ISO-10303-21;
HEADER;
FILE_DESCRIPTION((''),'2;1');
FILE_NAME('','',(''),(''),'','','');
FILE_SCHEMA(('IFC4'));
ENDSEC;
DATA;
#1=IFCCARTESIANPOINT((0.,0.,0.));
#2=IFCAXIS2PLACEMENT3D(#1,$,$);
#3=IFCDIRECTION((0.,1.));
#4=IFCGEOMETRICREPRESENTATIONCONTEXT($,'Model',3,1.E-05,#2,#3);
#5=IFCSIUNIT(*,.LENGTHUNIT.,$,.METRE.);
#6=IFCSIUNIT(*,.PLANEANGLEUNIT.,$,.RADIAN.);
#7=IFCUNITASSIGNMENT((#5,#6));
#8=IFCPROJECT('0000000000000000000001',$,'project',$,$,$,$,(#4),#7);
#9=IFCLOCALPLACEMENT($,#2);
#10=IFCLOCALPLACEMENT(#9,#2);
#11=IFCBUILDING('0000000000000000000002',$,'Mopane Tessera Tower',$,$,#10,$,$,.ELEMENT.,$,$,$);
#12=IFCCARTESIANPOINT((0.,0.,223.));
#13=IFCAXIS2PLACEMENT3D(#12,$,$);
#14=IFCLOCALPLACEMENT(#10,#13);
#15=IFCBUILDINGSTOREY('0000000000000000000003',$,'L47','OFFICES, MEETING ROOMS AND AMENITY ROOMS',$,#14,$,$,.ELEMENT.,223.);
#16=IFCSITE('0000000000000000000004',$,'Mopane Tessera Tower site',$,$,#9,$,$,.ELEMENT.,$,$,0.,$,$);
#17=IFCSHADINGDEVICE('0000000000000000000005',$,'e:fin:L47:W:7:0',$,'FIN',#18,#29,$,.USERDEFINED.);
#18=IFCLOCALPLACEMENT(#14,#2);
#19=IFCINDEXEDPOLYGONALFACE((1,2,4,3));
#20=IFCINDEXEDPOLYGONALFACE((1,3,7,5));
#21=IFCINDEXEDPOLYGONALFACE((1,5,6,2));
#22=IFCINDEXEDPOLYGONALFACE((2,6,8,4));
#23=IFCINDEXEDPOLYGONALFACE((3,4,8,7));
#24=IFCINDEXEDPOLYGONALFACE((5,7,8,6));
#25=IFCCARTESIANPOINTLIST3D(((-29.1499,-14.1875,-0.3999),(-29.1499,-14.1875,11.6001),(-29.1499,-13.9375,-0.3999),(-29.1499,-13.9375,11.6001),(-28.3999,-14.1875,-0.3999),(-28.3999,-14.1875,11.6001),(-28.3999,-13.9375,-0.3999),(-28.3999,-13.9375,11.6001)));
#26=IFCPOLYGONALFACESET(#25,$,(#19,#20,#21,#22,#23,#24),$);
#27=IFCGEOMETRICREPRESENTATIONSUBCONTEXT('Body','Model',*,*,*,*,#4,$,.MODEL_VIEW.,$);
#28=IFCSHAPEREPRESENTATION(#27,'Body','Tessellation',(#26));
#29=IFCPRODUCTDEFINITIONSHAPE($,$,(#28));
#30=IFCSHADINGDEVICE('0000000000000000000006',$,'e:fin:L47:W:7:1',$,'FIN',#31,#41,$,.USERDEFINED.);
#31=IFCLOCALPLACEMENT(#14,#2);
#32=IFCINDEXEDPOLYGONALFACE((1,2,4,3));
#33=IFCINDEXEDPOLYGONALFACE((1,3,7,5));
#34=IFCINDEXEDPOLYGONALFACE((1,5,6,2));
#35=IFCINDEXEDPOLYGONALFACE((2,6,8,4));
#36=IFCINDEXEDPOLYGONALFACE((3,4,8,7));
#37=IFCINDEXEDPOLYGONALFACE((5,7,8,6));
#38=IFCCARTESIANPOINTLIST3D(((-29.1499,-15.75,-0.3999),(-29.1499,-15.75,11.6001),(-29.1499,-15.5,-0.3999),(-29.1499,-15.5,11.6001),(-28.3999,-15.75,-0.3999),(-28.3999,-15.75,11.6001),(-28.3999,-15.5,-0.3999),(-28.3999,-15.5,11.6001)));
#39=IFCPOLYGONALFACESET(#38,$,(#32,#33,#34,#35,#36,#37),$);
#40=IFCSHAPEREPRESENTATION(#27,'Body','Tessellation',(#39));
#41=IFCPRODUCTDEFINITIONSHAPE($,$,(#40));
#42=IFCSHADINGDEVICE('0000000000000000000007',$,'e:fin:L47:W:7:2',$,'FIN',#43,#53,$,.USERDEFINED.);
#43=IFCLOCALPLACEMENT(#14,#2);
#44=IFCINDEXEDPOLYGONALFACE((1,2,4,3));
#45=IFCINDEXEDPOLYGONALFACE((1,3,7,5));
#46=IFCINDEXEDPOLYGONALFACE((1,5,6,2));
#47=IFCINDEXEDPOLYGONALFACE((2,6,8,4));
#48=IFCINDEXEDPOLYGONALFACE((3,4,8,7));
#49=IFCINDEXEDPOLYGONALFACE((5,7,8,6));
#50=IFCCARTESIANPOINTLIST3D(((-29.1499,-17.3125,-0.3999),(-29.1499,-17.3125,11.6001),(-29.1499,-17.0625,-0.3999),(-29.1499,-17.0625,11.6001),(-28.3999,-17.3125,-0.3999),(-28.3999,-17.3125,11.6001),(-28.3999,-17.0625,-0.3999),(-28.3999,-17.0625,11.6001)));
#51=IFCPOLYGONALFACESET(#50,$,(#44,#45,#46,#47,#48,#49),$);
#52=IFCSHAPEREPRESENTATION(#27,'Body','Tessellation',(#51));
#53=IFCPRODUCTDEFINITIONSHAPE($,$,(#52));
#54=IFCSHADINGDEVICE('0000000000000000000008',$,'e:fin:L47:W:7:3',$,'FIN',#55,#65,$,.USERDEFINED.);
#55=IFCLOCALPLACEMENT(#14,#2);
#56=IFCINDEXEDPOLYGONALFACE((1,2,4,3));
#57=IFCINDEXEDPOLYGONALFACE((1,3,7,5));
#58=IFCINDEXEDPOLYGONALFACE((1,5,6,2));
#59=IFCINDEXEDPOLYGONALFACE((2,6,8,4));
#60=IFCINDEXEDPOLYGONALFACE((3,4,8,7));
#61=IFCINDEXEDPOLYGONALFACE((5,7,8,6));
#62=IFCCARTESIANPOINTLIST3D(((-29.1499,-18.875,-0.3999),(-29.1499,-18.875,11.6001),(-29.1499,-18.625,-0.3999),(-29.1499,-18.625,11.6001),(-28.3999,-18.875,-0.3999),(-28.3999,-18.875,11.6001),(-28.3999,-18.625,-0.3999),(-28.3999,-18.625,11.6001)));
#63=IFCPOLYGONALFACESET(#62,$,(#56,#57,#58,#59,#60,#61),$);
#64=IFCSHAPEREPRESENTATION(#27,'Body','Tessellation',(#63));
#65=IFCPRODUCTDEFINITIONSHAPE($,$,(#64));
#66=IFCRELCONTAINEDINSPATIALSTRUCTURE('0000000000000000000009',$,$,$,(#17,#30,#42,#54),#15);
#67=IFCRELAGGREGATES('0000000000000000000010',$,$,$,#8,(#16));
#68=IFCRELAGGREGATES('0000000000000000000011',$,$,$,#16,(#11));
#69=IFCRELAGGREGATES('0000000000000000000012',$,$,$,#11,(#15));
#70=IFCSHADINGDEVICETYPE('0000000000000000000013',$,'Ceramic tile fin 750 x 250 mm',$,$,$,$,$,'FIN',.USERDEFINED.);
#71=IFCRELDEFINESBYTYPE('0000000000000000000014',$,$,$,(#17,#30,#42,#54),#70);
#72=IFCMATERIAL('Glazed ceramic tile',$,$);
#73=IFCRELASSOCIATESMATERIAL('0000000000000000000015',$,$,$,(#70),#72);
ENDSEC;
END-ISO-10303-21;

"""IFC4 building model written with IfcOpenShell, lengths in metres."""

from ifc_helpers import new_model, si_unit, direction, frame, origin, origin_2d, place, context, subcontext, project, spatial, rectangle, extrude, material, type_object, element, save


model = new_model("IFC4")

# Units and contexts
model_context = context("Model", 3, precision=1e-05, world=origin(), true_north=direction((0.0, 1.0)))
body_context = subcontext(model_context, "Body", "Model", "MODEL_VIEW")
ifc_project = project(units=[si_unit("LENGTHUNIT", "METRE"), si_unit("PLANEANGLEUNIT", "RADIAN")], contexts=[model_context])

# Site, building, storey
site_placement = place(None, origin())
site = spatial("IfcSite", under=ifc_project, at=site_placement, Name="Mopane Tessera Tower site", CompositionType="ELEMENT", RefElevation=0.0)
building_placement = place(site_placement, origin())
building = spatial("IfcBuilding", under=site, at=building_placement, Name="Mopane Tessera Tower", CompositionType="ELEMENT")
storey_placement = place(building_placement, frame((0.0, 0.0, 223.0)))
storey = spatial("IfcBuildingStorey", under=building, at=storey_placement, Name="L47", Description="OFFICES, MEETING ROOMS AND AMENITY ROOMS", CompositionType="ELEMENT", Elevation=223.0)

# Shading devices
ifc_material_1 = material(Name="Glazed ceramic tile")
shading_device_type = type_object("IfcShadingDeviceType", Name="Ceramic tile fin 750 x 250 mm", ElementType="FIN", PredefinedType="USERDEFINED", material=ifc_material_1)
for number, where, z_axis, x_axis, name in (
    (1, (-28.7749, -14.0625, -0.3999), (0.0, 0.0, 1.0), (0.0, -1.0, 0.0), "e:fin:L47:W:7:0"),
    (2, (-28.7749, -15.625, -0.3999), (0.0, 0.0, 1.0), (0.0, -1.0, 0.0), "e:fin:L47:W:7:1"),
    (3, (-28.7749, -17.1875, -0.3999), (0.0, 0.0, 1.0), (0.0, -1.0, 0.0), "e:fin:L47:W:7:2"),
    (4, (-28.7749, -18.75, -0.3999), (0.0, 0.0, 1.0), (0.0, -1.0, 0.0), "e:fin:L47:W:7:3"),
):
    element("IfcShadingDevice", number, at=place(storey_placement, frame(where, z_axis=z_axis, x_axis=x_axis)), inside=storey, type_object=shading_device_type, Name=name, ObjectType="FIN", PredefinedType="USERDEFINED", context=body_context, shape_type="SweptSolid", body=[
        extrude(rectangle(XDim=0.25, YDim=0.75, at=origin_2d()), origin(), (0.0, 0.0, 1.0), 12.0),
    ])

save(model, "model.ifc")
